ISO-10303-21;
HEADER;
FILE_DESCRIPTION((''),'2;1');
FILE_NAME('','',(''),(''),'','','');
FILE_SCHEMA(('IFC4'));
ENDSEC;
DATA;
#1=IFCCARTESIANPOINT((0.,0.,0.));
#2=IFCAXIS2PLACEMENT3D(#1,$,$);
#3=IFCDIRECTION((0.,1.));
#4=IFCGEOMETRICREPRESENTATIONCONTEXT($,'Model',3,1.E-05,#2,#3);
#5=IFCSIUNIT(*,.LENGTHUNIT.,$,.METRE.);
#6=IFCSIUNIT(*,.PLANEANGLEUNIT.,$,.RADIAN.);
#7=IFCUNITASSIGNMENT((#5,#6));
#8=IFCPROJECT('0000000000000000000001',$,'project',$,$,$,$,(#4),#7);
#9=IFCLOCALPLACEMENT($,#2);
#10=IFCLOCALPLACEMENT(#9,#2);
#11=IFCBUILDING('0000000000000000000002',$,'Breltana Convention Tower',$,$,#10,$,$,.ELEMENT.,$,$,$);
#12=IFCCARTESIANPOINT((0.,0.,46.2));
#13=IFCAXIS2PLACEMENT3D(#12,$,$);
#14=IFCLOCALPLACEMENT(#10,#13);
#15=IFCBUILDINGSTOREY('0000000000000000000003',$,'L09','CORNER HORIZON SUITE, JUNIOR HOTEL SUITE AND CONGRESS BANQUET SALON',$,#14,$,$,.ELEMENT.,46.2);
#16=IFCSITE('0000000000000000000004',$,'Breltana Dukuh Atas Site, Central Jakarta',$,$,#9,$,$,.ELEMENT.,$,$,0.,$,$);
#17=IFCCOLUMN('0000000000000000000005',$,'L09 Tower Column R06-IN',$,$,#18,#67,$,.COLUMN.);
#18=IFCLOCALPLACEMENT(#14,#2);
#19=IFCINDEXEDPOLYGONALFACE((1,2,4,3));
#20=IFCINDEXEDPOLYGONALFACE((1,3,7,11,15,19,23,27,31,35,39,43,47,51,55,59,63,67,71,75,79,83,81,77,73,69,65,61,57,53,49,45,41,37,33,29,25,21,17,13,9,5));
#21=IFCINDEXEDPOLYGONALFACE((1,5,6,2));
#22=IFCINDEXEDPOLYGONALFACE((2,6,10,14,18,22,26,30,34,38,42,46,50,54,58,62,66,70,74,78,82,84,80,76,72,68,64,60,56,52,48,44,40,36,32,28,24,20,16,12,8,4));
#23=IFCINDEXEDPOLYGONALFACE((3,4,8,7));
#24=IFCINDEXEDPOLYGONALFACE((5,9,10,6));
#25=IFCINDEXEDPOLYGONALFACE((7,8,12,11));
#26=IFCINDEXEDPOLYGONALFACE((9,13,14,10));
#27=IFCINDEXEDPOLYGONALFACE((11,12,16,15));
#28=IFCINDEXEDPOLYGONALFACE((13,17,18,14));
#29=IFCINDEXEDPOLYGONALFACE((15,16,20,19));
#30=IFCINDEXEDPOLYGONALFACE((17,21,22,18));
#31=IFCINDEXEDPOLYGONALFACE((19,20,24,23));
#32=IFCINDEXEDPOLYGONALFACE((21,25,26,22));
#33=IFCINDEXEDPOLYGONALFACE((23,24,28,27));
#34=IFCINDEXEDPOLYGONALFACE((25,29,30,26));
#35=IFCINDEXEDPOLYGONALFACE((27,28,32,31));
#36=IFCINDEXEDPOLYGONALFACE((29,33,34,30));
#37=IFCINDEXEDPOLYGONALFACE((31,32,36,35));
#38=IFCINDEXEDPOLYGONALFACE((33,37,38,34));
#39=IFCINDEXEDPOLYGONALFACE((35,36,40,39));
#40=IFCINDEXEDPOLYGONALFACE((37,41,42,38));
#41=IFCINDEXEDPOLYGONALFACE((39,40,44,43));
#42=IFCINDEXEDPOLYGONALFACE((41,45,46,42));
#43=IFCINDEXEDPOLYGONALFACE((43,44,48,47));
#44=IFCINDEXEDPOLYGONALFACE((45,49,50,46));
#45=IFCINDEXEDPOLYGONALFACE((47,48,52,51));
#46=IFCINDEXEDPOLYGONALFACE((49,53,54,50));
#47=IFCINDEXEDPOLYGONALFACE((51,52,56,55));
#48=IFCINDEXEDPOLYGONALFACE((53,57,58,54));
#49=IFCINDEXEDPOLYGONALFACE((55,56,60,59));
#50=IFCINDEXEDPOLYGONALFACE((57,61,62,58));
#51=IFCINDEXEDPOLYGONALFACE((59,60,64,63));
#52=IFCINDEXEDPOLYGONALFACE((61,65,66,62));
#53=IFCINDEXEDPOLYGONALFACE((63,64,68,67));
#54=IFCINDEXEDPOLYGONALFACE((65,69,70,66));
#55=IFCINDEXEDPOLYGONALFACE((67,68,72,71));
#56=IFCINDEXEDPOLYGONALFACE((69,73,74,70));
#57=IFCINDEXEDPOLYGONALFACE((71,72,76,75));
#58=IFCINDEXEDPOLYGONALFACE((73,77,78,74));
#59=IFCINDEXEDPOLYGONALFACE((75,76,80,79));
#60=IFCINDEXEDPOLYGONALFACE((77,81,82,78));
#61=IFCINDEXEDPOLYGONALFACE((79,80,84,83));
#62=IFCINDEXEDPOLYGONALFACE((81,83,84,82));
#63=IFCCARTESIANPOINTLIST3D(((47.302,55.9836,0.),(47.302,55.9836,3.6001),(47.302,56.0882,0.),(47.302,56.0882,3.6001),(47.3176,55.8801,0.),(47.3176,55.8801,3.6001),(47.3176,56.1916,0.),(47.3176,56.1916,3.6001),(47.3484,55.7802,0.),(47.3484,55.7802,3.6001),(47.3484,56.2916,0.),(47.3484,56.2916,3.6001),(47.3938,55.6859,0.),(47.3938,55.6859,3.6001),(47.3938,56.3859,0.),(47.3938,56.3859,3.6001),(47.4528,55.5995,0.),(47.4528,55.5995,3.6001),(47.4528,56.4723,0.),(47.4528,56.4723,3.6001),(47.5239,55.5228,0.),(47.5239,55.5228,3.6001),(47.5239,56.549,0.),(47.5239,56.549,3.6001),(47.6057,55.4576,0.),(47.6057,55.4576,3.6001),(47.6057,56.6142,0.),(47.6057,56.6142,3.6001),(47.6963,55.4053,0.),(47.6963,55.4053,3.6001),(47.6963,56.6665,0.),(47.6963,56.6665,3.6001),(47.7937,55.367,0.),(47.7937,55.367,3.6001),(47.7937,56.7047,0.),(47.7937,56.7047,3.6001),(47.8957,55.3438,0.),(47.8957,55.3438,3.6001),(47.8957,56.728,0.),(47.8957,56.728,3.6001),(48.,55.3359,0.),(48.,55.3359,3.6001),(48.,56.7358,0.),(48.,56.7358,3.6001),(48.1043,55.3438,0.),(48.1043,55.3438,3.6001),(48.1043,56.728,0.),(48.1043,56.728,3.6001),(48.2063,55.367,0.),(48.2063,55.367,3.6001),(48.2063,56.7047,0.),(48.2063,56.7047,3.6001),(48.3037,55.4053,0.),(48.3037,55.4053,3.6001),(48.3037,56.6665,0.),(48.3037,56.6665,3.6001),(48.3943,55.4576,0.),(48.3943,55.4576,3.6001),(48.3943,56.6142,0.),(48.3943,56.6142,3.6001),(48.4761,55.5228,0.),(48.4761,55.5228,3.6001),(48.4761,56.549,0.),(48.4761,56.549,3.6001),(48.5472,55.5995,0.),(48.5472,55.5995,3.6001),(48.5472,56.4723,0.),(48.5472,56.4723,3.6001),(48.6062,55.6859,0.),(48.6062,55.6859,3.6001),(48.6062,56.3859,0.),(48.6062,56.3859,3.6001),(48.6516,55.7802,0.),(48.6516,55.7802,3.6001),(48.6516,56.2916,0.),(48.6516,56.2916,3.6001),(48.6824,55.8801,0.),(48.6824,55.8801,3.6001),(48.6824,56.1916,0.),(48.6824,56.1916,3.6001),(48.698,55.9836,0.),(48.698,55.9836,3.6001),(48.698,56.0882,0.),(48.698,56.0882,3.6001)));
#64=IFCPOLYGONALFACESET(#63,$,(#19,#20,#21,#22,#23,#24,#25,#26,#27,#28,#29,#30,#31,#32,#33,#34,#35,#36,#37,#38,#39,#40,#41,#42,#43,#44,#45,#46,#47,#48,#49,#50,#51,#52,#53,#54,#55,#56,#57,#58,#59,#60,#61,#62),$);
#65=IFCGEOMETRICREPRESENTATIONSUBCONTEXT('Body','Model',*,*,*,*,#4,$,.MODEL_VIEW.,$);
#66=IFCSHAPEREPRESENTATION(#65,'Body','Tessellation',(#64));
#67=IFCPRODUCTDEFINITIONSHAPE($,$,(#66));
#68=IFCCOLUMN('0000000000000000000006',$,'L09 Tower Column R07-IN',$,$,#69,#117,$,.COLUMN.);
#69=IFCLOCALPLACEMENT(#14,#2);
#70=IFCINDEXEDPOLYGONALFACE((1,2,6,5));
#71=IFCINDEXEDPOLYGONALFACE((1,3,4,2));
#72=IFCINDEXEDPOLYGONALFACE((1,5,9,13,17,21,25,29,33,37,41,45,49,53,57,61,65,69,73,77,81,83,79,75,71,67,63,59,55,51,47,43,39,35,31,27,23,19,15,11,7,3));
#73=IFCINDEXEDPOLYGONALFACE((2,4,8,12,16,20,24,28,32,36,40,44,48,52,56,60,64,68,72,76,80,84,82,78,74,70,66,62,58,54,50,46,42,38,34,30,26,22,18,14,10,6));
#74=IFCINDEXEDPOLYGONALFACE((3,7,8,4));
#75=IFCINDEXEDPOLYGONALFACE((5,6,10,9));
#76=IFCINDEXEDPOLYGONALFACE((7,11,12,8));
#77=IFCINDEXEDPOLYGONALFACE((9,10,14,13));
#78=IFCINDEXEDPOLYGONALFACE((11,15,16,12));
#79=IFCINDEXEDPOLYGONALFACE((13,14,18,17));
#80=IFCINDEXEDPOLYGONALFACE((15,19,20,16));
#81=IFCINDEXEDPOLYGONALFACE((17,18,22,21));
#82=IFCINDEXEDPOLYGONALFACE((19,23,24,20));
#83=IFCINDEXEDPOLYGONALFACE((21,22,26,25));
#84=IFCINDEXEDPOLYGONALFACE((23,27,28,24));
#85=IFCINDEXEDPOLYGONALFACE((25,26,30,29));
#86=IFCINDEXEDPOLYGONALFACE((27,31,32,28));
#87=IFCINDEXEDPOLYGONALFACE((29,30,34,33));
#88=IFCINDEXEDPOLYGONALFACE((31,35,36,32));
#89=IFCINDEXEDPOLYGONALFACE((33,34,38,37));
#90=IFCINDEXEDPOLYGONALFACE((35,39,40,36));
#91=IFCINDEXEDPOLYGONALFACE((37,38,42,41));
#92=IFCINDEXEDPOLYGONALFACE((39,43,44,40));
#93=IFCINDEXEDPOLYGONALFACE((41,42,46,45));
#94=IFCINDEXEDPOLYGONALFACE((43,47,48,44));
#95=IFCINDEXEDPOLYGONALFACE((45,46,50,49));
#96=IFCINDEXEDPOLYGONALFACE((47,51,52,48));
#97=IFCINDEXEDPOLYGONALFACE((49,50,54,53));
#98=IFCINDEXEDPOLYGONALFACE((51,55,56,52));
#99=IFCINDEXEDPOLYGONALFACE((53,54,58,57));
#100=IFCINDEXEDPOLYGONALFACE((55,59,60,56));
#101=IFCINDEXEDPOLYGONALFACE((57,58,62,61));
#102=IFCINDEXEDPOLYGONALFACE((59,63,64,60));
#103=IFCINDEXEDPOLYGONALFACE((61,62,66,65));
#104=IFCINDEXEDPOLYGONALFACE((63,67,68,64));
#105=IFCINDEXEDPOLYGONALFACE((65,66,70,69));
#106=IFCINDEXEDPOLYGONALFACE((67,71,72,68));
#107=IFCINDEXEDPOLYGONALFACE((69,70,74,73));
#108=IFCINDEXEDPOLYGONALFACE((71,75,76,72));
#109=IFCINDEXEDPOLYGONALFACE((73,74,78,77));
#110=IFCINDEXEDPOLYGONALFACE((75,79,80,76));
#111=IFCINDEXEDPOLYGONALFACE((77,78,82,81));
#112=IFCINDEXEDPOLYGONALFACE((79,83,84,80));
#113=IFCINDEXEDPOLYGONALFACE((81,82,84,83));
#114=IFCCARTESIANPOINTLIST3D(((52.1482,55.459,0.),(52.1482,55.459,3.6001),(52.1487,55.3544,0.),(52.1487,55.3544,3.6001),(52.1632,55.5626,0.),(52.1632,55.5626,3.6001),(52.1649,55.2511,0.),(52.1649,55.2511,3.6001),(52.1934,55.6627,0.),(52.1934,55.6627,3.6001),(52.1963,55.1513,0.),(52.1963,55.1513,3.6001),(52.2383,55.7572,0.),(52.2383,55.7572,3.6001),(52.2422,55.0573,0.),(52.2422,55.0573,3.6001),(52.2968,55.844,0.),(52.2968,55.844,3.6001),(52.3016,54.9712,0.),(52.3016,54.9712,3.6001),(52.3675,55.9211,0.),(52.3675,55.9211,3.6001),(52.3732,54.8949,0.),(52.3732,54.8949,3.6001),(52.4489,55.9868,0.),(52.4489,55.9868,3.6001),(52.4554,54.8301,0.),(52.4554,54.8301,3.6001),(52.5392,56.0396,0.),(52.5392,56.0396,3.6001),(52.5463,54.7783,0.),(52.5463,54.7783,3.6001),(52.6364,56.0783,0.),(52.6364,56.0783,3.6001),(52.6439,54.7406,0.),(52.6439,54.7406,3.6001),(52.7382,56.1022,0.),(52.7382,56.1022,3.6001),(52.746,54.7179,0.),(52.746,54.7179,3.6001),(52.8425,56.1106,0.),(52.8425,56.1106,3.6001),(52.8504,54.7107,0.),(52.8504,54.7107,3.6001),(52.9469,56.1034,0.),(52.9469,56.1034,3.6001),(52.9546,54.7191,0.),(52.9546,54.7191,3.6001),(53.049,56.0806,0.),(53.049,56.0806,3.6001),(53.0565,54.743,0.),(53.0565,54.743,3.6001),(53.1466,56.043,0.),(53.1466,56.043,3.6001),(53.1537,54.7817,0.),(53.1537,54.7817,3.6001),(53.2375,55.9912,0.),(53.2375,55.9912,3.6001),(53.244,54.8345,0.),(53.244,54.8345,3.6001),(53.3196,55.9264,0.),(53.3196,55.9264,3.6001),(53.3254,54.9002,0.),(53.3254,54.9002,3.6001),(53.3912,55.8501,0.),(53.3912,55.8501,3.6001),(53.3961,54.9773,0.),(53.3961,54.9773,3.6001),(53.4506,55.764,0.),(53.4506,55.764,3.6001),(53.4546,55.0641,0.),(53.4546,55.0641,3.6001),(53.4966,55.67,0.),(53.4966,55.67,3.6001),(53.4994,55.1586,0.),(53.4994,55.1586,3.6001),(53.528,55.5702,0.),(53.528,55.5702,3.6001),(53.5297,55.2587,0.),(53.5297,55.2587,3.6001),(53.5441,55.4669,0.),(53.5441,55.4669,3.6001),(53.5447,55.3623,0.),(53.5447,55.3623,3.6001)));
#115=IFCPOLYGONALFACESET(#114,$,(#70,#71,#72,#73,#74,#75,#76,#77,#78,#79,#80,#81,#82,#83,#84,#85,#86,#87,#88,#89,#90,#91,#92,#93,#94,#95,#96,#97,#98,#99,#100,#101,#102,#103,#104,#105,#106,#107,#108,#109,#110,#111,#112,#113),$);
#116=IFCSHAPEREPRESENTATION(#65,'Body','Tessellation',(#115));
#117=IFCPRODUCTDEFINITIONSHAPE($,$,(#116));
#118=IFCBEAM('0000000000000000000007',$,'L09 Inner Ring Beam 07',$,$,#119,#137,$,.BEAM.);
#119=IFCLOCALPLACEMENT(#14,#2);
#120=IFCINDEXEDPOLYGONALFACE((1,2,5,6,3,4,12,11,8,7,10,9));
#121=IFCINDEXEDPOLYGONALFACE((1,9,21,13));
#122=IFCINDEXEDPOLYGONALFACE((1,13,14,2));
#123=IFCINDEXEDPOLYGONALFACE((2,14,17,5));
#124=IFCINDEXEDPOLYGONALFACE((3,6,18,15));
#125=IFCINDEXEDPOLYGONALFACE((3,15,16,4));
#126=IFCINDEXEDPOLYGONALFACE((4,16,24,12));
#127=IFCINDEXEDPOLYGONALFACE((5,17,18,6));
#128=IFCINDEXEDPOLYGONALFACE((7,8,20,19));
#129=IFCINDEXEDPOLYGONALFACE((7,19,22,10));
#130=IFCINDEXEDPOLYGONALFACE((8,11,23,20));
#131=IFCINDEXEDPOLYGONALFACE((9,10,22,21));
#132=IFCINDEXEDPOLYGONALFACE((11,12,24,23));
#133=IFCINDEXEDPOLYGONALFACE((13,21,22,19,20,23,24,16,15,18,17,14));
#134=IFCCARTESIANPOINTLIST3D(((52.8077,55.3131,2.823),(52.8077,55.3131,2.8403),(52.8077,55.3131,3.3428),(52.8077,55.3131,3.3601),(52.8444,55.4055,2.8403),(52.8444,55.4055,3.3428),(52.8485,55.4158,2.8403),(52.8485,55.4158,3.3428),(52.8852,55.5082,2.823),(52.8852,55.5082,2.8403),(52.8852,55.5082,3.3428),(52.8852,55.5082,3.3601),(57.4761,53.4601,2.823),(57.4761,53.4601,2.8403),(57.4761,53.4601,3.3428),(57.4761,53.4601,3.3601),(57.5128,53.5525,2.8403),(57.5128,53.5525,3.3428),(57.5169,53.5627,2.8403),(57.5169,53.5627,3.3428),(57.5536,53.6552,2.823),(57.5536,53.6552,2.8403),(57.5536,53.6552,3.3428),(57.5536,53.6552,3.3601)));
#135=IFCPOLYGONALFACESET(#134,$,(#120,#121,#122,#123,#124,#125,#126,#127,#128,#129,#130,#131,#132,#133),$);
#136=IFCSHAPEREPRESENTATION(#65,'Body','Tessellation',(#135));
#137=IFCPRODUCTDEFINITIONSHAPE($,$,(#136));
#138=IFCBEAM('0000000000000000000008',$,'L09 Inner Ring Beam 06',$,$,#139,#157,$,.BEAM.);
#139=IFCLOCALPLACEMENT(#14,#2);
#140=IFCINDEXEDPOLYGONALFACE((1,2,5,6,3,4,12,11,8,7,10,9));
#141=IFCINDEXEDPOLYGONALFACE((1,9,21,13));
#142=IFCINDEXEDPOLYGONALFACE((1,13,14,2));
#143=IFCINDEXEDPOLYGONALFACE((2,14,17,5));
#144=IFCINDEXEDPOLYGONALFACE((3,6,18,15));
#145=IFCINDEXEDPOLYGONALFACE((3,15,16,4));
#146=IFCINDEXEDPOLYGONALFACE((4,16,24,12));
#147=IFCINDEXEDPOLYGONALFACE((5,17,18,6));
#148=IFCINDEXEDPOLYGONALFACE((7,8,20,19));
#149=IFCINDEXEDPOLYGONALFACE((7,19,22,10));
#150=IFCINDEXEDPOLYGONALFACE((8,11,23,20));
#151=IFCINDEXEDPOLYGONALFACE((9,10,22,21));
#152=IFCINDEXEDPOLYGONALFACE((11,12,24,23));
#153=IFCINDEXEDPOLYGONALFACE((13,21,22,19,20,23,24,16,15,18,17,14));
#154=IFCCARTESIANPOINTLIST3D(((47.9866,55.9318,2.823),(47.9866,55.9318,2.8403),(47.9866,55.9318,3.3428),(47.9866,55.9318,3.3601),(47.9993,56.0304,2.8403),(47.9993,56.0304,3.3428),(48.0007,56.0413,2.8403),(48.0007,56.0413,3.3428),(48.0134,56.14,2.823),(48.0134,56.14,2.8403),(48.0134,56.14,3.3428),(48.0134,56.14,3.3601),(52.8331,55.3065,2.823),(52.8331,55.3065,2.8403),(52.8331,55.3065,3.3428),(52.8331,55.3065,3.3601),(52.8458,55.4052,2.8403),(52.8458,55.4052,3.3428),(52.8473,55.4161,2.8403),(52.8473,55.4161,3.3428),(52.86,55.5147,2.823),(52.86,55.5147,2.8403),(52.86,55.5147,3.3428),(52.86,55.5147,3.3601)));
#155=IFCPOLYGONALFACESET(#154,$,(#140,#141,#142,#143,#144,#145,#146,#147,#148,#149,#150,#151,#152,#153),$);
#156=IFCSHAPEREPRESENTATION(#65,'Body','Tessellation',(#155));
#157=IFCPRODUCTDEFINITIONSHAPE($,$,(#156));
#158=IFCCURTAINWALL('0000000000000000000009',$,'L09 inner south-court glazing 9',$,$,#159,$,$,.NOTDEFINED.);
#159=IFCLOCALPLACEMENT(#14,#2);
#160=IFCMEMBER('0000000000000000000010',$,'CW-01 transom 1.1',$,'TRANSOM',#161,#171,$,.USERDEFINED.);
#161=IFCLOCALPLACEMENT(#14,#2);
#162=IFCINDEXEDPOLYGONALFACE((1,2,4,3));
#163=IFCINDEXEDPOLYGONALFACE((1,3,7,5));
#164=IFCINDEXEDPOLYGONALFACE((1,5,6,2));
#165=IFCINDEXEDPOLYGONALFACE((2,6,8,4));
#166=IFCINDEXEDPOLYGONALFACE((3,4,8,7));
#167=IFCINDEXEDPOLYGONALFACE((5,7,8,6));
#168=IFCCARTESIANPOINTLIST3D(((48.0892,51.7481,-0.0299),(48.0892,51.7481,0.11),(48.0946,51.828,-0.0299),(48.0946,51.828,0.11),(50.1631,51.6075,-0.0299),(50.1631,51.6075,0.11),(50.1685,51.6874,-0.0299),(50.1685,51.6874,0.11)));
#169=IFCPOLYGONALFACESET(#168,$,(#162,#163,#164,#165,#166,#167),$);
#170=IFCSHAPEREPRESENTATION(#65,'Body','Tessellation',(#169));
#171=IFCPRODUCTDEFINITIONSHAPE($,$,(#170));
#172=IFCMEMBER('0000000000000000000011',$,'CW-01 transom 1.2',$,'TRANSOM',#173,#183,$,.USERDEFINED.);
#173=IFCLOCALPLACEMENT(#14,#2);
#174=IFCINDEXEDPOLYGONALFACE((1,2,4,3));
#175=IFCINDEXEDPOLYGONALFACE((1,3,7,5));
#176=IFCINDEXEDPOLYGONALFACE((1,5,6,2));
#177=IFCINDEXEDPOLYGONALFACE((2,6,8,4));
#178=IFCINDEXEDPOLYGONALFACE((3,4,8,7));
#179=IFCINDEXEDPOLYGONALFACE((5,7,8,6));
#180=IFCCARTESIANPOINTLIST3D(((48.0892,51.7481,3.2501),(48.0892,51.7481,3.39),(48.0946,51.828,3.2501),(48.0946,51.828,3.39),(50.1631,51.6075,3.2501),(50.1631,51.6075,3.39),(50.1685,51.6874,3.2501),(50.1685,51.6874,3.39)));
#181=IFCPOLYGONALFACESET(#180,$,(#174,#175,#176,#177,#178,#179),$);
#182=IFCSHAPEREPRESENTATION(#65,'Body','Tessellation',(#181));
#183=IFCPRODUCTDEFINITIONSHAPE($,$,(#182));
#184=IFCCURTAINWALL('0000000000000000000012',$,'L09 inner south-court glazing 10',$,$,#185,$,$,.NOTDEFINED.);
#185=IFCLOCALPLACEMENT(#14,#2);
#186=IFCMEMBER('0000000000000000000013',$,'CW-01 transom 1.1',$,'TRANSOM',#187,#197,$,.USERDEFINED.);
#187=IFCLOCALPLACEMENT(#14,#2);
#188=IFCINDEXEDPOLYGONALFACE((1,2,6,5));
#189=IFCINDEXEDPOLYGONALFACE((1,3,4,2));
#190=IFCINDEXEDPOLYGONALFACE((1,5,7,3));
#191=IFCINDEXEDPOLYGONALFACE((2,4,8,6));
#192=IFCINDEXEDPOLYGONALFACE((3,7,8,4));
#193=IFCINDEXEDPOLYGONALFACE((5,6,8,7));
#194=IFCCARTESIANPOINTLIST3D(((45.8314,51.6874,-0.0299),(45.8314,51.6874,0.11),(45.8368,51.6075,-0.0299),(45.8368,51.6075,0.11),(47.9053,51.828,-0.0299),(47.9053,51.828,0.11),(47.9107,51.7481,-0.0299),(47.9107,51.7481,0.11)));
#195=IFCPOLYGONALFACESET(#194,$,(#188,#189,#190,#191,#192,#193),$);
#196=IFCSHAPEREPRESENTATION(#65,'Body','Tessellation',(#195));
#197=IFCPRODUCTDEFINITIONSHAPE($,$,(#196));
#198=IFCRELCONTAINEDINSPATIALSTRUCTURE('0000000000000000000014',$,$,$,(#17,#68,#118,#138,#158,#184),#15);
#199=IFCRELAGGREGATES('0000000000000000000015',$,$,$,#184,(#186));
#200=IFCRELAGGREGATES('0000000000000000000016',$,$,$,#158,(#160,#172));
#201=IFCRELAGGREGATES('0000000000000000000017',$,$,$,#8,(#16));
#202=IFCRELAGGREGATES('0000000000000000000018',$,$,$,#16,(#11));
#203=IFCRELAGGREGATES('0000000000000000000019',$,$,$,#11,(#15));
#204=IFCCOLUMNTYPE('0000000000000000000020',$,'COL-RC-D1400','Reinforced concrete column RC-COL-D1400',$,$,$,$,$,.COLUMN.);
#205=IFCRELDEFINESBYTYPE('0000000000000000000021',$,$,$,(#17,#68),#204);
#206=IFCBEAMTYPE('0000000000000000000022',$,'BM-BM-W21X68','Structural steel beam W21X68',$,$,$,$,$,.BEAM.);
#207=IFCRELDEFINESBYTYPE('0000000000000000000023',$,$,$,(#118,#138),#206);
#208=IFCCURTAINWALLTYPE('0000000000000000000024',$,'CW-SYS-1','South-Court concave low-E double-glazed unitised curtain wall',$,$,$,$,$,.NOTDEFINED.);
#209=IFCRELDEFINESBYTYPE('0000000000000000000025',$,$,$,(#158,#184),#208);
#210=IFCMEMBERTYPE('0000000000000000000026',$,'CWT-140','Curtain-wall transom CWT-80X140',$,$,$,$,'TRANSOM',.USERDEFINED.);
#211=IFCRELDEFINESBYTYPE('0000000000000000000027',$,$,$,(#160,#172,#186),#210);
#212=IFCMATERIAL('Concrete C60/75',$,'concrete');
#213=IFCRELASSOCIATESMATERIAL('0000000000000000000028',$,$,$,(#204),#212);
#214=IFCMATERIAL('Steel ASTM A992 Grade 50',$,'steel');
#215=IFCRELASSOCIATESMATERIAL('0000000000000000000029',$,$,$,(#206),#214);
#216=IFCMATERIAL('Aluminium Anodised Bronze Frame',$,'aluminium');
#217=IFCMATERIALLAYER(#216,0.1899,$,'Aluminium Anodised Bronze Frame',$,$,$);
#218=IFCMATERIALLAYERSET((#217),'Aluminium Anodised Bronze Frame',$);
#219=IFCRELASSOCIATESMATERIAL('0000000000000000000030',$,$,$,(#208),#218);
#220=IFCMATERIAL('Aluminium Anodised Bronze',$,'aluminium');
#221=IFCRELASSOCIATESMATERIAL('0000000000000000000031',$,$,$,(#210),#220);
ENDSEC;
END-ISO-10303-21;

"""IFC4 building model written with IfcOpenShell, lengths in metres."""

from ifc_helpers import new_model, si_unit, direction, frame, origin, origin_2d, place, context, subcontext, project, spatial, rectangle, circle, i_section, extrude, source, transform, mapped, material, layer, layer_set, material_profile, profile_set, type_object, element, aggregate, save


model = new_model("IFC4")

# Units and contexts
model_context = context("Model", 3, precision=1e-05, world=origin(), true_north=direction((0.0, 1.0)))
body_context = subcontext(model_context, "Body", "Model", "MODEL_VIEW")
ifc_project = project(units=[si_unit("LENGTHUNIT", "METRE"), si_unit("PLANEANGLEUNIT", "RADIAN")], contexts=[model_context])

# Site, building, storey
site_placement = place(None, origin())
site = spatial("IfcSite", under=ifc_project, at=site_placement, Name="Breltana Dukuh Atas Site, Central Jakarta", CompositionType="ELEMENT", RefElevation=0.0)
building_placement = place(site_placement, origin())
building = spatial("IfcBuilding", under=site, at=building_placement, Name="Breltana Convention Tower", CompositionType="ELEMENT")
storey_placement = place(building_placement, frame((0.0, 0.0, 46.2)))
storey = spatial("IfcBuildingStorey", under=building, at=storey_placement, Name="L09", Description="CORNER HORIZON SUITE, JUNIOR HOTEL SUITE AND CONGRESS BANQUET SALON", CompositionType="ELEMENT", Elevation=46.2)

# Columns
ifc_material_1 = material(Name="Concrete C60/75", Category="concrete")
ifc_material_profile_1 = material_profile(ifc_material_1, circle(Radius=0.7, at=origin_2d()), Name="RC-COL-D1400")
ifc_profile_set_1 = profile_set([ifc_material_profile_1], Name="Concrete C60/75")
column_type = type_object("IfcColumnType", Name="COL-RC-D1400", Description="Reinforced concrete column RC-COL-D1400", PredefinedType="COLUMN", material=ifc_profile_set_1)
shared_shape_1 = source(origin(), body_context, "Body", "SweptSolid", [
    extrude(circle(Radius=0.7, at=origin_2d()), origin(), (0.0, 0.0, 1.0), 3.6001),
])
for number, where, z_axis, x_axis, name in (
    (1, (48.0, 56.0359, 0.0), (0.0, 0.0, 1.0), (0.0, 1.0, 0.0), "L09 Tower Column R06-IN"),
    (2, (52.8464, 55.4106, 0.0), (0.0, 0.0, 1.0), (0.143493, 0.989651, 0.0), "L09 Tower Column R07-IN"),
):
    element("IfcColumn", number, at=place(storey_placement, frame(where, z_axis=z_axis, x_axis=x_axis)), inside=storey, type_object=column_type, Name=name, PredefinedType="COLUMN", context=body_context, shape_type="MappedRepresentation", body=[
        mapped(shared_shape_1, transform((0.0, 0.0, 0.0), scale=1.0)),
    ])

# Beams
ifc_material_2 = material(Name="Steel ASTM A992 Grade 50", Category="steel")
ifc_material_profile_2 = material_profile(ifc_material_2, i_section(OverallWidth=0.21, OverallDepth=0.5371, WebThickness=0.011, FlangeThickness=0.0173, at=origin_2d()), Name="W21X68")
ifc_profile_set_2 = profile_set([ifc_material_profile_2], Name="Steel ASTM A992 Grade 50")
beam_type = type_object("IfcBeamType", Name="BM-BM-W21X68", Description="Structural steel beam W21X68", PredefinedType="BEAM", material=ifc_profile_set_2)
shared_shape_2 = source(origin(), body_context, "Body", "SweptSolid", [
    extrude(i_section(OverallWidth=0.21, OverallDepth=0.5371, WebThickness=0.011, FlangeThickness=0.0173, at=origin_2d()), origin(), (0.0, 0.0, 1.0), 5.0227),
])
beam_1_placement = place(storey_placement, frame((52.8464, 55.4106, 3.0916), z_axis=(0.929459, -0.368926, 0.0), x_axis=(0.368926, 0.929459, 0.0)))
element("IfcBeam", 3, at=beam_1_placement, inside=storey, type_object=beam_type, Name="L09 Inner Ring Beam 07", PredefinedType="BEAM", context=body_context, shape_type="MappedRepresentation", body=[
    mapped(shared_shape_2, transform((0.0, 0.0, 0.0), scale=1.0)),
])
shared_shape_3 = source(origin(), body_context, "Body", "SweptSolid", [
    extrude(i_section(OverallWidth=0.21, OverallDepth=0.5371, WebThickness=0.011, FlangeThickness=0.0173, at=origin_2d()), origin(), (0.0, 0.0, 1.0), 4.8867),
])
beam_2_placement = place(storey_placement, frame((48.0, 56.0359, 3.0916), z_axis=(0.991781, -0.127951, 0.0), x_axis=(0.127951, 0.991781, 0.0)))
element("IfcBeam", 4, at=beam_2_placement, inside=storey, type_object=beam_type, Name="L09 Inner Ring Beam 06", PredefinedType="BEAM", context=body_context, shape_type="MappedRepresentation", body=[
    mapped(shared_shape_3, transform((0.0, 0.0, 0.0), scale=1.0)),
])

# Curtain walls, members
ifc_material_3 = material(Name="Aluminium Anodised Bronze Frame", Category="aluminium")
ifc_layer_1 = layer(ifc_material_3, 0.1899, Name="Aluminium Anodised Bronze Frame")
ifc_layer_set_1 = layer_set([ifc_layer_1], Name="Aluminium Anodised Bronze Frame")
curtain_wall_type = type_object("IfcCurtainWallType", Name="CW-SYS-1", Description="South-Court concave low-E double-glazed unitised curtain wall", PredefinedType="NOTDEFINED", material=ifc_layer_set_1)
curtain_wall_1_placement = place(storey_placement, origin())
curtain_wall_1 = element("IfcCurtainWall", 5, at=curtain_wall_1_placement, inside=storey, type_object=curtain_wall_type, Name="L09 inner south-court glazing 9", PredefinedType="NOTDEFINED")
ifc_material_4 = material(Name="Aluminium Anodised Bronze", Category="aluminium")
ifc_material_profile_3 = material_profile(ifc_material_4, rectangle(XDim=0.0801, YDim=0.1399, at=origin_2d()), Name="CWT-80X140")
ifc_profile_set_3 = profile_set([ifc_material_profile_3], Name="Aluminium Anodised Bronze")
member_type_1 = type_object("IfcMemberType", Name="CWT-140", Description="Curtain-wall transom CWT-80X140", ElementType="TRANSOM", PredefinedType="USERDEFINED", material=ifc_profile_set_3)
shared_shape_4 = source(origin(), body_context, "Body", "SweptSolid", [
    extrude(rectangle(XDim=0.0801, YDim=0.1399, at=origin_2d()), origin(), (0.0, 0.0, 1.0), 2.0786),
])
member_1_placement = place(storey_placement, frame((50.1658, 51.6475, 0.04), z_axis=(-0.997709, 0.067657, 0.0), x_axis=(-0.067657, -0.997709, 0.0)))
member_1 = element("IfcMember", 6, at=member_1_placement, type_object=member_type_1, Name="CW-01 transom 1.1", ObjectType="TRANSOM", PredefinedType="USERDEFINED", context=body_context, shape_type="MappedRepresentation", body=[
    mapped(shared_shape_4, transform((0.0, 0.0, 0.0), scale=1.0)),
])
member_2_placement = place(storey_placement, frame((50.1658, 51.6475, 3.3201), z_axis=(-0.997709, 0.067657, 0.0), x_axis=(-0.067657, -0.997709, 0.0)))
member_2 = element("IfcMember", 7, at=member_2_placement, type_object=member_type_1, Name="CW-01 transom 1.2", ObjectType="TRANSOM", PredefinedType="USERDEFINED", context=body_context, shape_type="MappedRepresentation", body=[
    mapped(shared_shape_4, transform((0.0, 0.0, 0.0), scale=1.0)),
])
curtain_wall_2_placement = place(storey_placement, origin())
curtain_wall_2 = element("IfcCurtainWall", 8, at=curtain_wall_2_placement, inside=storey, type_object=curtain_wall_type, Name="L09 inner south-court glazing 10", PredefinedType="NOTDEFINED")
member_3_placement = place(storey_placement, frame((47.908, 51.7881, 0.04), z_axis=(-0.997709, -0.067657, 0.0), x_axis=(0.067657, -0.997709, 0.0)))
member_3 = element("IfcMember", 9, at=member_3_placement, type_object=member_type_1, Name="CW-01 transom 1.1", ObjectType="TRANSOM", PredefinedType="USERDEFINED", context=body_context, shape_type="MappedRepresentation", body=[
    mapped(shared_shape_4, transform((0.0, 0.0, 0.0), scale=1.0)),
])

aggregate(curtain_wall_2, [member_3])

aggregate(curtain_wall_1, [member_1, member_2])

save(model, "model.ifc")
